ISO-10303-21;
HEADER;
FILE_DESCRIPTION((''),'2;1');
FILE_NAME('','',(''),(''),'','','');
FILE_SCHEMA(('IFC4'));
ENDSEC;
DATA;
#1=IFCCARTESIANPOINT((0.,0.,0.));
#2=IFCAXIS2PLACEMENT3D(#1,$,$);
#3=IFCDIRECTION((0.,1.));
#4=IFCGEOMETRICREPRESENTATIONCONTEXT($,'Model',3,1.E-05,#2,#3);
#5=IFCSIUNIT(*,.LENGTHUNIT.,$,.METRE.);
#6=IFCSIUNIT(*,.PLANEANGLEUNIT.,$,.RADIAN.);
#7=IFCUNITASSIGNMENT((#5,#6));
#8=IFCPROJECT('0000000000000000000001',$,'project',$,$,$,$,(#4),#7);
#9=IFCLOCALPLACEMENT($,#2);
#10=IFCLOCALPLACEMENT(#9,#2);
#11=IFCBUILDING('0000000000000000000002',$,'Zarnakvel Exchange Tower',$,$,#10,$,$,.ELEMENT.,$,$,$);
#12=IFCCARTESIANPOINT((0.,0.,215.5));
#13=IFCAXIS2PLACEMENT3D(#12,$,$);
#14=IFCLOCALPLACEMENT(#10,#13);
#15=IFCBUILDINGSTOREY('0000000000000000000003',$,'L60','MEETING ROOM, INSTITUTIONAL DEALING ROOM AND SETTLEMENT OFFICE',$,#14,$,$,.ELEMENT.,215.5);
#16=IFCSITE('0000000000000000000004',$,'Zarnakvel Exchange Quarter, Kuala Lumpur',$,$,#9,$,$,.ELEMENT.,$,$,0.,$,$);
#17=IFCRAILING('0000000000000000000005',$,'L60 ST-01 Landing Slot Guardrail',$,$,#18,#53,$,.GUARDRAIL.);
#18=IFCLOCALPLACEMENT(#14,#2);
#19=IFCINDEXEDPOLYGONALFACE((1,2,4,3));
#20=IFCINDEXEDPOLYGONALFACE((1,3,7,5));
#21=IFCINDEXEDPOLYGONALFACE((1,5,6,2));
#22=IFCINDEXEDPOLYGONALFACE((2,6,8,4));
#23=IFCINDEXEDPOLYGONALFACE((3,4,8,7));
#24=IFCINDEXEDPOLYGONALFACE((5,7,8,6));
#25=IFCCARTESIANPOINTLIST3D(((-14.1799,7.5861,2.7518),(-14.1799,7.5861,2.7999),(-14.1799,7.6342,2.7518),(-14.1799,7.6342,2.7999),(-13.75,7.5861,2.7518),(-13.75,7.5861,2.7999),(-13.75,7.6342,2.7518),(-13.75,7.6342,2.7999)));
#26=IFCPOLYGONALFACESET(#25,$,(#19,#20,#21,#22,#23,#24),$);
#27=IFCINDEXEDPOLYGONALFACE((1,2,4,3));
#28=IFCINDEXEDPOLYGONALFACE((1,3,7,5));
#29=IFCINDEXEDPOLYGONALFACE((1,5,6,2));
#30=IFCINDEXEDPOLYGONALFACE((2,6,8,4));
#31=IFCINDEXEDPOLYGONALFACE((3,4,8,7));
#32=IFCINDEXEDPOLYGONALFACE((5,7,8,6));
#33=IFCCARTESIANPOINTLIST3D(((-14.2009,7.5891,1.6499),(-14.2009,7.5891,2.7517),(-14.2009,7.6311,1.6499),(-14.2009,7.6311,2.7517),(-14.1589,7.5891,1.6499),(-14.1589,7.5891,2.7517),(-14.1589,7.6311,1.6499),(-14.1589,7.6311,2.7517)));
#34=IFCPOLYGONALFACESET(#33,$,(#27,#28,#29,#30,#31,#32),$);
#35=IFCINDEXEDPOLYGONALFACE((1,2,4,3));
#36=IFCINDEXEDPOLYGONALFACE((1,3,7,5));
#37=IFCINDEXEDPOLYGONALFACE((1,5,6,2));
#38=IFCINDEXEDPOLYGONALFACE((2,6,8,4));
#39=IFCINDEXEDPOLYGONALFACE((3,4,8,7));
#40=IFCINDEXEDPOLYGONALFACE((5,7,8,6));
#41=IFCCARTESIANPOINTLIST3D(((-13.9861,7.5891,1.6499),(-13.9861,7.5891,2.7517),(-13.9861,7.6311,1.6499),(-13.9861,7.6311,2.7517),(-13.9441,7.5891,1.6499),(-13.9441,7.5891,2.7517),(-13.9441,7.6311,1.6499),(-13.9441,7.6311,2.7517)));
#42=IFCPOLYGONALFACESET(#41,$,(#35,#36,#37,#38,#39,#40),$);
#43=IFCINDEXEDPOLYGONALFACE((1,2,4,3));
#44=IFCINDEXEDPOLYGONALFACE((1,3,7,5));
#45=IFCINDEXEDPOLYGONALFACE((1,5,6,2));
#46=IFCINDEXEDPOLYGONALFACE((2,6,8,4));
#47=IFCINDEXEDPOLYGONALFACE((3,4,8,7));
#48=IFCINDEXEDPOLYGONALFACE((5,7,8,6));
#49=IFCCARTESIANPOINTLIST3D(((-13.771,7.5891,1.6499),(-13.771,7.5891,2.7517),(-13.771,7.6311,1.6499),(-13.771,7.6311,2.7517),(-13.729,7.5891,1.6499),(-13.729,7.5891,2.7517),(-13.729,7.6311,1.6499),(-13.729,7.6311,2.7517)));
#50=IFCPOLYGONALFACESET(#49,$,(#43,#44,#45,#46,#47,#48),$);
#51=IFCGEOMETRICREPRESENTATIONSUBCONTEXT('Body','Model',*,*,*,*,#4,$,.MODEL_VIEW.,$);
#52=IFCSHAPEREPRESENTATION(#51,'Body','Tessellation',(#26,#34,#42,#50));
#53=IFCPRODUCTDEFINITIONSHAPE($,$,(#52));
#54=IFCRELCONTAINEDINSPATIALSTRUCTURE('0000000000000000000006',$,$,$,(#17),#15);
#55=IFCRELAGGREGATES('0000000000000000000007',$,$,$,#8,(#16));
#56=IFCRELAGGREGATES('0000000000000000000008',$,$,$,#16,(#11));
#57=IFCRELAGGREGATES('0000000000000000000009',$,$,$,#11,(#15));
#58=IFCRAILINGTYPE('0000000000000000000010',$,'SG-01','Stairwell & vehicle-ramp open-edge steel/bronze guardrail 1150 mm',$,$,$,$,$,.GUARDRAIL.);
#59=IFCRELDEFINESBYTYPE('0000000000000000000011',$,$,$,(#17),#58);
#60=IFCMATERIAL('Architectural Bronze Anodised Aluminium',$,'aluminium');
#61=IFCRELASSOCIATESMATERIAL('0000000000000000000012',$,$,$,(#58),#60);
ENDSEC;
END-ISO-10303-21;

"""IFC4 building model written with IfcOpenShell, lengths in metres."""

from ifc_helpers import new_model, si_unit, direction, frame, origin, origin_2d, place, context, subcontext, project, spatial, rectangle, extrude, material, type_object, element, save


model = new_model("IFC4")

# Units and contexts
model_context = context("Model", 3, precision=1e-05, world=origin(), true_north=direction((0.0, 1.0)))
body_context = subcontext(model_context, "Body", "Model", "MODEL_VIEW")
ifc_project = project(units=[si_unit("LENGTHUNIT", "METRE"), si_unit("PLANEANGLEUNIT", "RADIAN")], contexts=[model_context])

# Site, building, storey
site_placement = place(None, origin())
site = spatial("IfcSite", under=ifc_project, at=site_placement, Name="Zarnakvel Exchange Quarter, Kuala Lumpur", CompositionType="ELEMENT", RefElevation=0.0)
building_placement = place(site_placement, origin())
building = spatial("IfcBuilding", under=site, at=building_placement, Name="Zarnakvel Exchange Tower", CompositionType="ELEMENT")
storey_placement = place(building_placement, frame((0.0, 0.0, 215.5)))
storey = spatial("IfcBuildingStorey", under=building, at=storey_placement, Name="L60", Description="MEETING ROOM, INSTITUTIONAL DEALING ROOM AND SETTLEMENT OFFICE", CompositionType="ELEMENT", Elevation=215.5)

# Shared definitions
ifc_material_1 = material(Name="Architectural Bronze Anodised Aluminium", Category="aluminium")

# Railing
railing_type_1 = type_object("IfcRailingType", Name="SG-01", Description="Stairwell & vehicle-ramp open-edge steel/bronze guardrail 1150 mm", PredefinedType="GUARDRAIL", material=ifc_material_1)
railing_1_placement = place(storey_placement, frame((-14.1799, 7.6101, 1.6499)))
element("IfcRailing", 1, at=railing_1_placement, inside=storey, type_object=railing_type_1, Name="L60 ST-01 Landing Slot Guardrail", PredefinedType="GUARDRAIL", context=body_context, shape_type="SweptSolid", body=[
    extrude(rectangle(XDim=0.0481, YDim=0.0481, at=origin_2d()), frame((0.0, 0.0, 1.126), z_axis=(1.0, 0.0, 0.0), x_axis=(0.0, 1.0, 0.0)), (0.0, 0.0, 1.0), 0.4299),
    extrude(rectangle(XDim=0.042, YDim=0.042, at=origin_2d()), origin(), (0.0, 0.0, 1.0), 1.1018),
    extrude(rectangle(XDim=0.042, YDim=0.042, at=origin_2d()), frame((0.2148, 0.0, 0.0)), (0.0, 0.0, 1.0), 1.1018),
    extrude(rectangle(XDim=0.042, YDim=0.042, at=origin_2d()), frame((0.4299, 0.0, 0.0)), (0.0, 0.0, 1.0), 1.1018),
])

save(model, "model.ifc")
